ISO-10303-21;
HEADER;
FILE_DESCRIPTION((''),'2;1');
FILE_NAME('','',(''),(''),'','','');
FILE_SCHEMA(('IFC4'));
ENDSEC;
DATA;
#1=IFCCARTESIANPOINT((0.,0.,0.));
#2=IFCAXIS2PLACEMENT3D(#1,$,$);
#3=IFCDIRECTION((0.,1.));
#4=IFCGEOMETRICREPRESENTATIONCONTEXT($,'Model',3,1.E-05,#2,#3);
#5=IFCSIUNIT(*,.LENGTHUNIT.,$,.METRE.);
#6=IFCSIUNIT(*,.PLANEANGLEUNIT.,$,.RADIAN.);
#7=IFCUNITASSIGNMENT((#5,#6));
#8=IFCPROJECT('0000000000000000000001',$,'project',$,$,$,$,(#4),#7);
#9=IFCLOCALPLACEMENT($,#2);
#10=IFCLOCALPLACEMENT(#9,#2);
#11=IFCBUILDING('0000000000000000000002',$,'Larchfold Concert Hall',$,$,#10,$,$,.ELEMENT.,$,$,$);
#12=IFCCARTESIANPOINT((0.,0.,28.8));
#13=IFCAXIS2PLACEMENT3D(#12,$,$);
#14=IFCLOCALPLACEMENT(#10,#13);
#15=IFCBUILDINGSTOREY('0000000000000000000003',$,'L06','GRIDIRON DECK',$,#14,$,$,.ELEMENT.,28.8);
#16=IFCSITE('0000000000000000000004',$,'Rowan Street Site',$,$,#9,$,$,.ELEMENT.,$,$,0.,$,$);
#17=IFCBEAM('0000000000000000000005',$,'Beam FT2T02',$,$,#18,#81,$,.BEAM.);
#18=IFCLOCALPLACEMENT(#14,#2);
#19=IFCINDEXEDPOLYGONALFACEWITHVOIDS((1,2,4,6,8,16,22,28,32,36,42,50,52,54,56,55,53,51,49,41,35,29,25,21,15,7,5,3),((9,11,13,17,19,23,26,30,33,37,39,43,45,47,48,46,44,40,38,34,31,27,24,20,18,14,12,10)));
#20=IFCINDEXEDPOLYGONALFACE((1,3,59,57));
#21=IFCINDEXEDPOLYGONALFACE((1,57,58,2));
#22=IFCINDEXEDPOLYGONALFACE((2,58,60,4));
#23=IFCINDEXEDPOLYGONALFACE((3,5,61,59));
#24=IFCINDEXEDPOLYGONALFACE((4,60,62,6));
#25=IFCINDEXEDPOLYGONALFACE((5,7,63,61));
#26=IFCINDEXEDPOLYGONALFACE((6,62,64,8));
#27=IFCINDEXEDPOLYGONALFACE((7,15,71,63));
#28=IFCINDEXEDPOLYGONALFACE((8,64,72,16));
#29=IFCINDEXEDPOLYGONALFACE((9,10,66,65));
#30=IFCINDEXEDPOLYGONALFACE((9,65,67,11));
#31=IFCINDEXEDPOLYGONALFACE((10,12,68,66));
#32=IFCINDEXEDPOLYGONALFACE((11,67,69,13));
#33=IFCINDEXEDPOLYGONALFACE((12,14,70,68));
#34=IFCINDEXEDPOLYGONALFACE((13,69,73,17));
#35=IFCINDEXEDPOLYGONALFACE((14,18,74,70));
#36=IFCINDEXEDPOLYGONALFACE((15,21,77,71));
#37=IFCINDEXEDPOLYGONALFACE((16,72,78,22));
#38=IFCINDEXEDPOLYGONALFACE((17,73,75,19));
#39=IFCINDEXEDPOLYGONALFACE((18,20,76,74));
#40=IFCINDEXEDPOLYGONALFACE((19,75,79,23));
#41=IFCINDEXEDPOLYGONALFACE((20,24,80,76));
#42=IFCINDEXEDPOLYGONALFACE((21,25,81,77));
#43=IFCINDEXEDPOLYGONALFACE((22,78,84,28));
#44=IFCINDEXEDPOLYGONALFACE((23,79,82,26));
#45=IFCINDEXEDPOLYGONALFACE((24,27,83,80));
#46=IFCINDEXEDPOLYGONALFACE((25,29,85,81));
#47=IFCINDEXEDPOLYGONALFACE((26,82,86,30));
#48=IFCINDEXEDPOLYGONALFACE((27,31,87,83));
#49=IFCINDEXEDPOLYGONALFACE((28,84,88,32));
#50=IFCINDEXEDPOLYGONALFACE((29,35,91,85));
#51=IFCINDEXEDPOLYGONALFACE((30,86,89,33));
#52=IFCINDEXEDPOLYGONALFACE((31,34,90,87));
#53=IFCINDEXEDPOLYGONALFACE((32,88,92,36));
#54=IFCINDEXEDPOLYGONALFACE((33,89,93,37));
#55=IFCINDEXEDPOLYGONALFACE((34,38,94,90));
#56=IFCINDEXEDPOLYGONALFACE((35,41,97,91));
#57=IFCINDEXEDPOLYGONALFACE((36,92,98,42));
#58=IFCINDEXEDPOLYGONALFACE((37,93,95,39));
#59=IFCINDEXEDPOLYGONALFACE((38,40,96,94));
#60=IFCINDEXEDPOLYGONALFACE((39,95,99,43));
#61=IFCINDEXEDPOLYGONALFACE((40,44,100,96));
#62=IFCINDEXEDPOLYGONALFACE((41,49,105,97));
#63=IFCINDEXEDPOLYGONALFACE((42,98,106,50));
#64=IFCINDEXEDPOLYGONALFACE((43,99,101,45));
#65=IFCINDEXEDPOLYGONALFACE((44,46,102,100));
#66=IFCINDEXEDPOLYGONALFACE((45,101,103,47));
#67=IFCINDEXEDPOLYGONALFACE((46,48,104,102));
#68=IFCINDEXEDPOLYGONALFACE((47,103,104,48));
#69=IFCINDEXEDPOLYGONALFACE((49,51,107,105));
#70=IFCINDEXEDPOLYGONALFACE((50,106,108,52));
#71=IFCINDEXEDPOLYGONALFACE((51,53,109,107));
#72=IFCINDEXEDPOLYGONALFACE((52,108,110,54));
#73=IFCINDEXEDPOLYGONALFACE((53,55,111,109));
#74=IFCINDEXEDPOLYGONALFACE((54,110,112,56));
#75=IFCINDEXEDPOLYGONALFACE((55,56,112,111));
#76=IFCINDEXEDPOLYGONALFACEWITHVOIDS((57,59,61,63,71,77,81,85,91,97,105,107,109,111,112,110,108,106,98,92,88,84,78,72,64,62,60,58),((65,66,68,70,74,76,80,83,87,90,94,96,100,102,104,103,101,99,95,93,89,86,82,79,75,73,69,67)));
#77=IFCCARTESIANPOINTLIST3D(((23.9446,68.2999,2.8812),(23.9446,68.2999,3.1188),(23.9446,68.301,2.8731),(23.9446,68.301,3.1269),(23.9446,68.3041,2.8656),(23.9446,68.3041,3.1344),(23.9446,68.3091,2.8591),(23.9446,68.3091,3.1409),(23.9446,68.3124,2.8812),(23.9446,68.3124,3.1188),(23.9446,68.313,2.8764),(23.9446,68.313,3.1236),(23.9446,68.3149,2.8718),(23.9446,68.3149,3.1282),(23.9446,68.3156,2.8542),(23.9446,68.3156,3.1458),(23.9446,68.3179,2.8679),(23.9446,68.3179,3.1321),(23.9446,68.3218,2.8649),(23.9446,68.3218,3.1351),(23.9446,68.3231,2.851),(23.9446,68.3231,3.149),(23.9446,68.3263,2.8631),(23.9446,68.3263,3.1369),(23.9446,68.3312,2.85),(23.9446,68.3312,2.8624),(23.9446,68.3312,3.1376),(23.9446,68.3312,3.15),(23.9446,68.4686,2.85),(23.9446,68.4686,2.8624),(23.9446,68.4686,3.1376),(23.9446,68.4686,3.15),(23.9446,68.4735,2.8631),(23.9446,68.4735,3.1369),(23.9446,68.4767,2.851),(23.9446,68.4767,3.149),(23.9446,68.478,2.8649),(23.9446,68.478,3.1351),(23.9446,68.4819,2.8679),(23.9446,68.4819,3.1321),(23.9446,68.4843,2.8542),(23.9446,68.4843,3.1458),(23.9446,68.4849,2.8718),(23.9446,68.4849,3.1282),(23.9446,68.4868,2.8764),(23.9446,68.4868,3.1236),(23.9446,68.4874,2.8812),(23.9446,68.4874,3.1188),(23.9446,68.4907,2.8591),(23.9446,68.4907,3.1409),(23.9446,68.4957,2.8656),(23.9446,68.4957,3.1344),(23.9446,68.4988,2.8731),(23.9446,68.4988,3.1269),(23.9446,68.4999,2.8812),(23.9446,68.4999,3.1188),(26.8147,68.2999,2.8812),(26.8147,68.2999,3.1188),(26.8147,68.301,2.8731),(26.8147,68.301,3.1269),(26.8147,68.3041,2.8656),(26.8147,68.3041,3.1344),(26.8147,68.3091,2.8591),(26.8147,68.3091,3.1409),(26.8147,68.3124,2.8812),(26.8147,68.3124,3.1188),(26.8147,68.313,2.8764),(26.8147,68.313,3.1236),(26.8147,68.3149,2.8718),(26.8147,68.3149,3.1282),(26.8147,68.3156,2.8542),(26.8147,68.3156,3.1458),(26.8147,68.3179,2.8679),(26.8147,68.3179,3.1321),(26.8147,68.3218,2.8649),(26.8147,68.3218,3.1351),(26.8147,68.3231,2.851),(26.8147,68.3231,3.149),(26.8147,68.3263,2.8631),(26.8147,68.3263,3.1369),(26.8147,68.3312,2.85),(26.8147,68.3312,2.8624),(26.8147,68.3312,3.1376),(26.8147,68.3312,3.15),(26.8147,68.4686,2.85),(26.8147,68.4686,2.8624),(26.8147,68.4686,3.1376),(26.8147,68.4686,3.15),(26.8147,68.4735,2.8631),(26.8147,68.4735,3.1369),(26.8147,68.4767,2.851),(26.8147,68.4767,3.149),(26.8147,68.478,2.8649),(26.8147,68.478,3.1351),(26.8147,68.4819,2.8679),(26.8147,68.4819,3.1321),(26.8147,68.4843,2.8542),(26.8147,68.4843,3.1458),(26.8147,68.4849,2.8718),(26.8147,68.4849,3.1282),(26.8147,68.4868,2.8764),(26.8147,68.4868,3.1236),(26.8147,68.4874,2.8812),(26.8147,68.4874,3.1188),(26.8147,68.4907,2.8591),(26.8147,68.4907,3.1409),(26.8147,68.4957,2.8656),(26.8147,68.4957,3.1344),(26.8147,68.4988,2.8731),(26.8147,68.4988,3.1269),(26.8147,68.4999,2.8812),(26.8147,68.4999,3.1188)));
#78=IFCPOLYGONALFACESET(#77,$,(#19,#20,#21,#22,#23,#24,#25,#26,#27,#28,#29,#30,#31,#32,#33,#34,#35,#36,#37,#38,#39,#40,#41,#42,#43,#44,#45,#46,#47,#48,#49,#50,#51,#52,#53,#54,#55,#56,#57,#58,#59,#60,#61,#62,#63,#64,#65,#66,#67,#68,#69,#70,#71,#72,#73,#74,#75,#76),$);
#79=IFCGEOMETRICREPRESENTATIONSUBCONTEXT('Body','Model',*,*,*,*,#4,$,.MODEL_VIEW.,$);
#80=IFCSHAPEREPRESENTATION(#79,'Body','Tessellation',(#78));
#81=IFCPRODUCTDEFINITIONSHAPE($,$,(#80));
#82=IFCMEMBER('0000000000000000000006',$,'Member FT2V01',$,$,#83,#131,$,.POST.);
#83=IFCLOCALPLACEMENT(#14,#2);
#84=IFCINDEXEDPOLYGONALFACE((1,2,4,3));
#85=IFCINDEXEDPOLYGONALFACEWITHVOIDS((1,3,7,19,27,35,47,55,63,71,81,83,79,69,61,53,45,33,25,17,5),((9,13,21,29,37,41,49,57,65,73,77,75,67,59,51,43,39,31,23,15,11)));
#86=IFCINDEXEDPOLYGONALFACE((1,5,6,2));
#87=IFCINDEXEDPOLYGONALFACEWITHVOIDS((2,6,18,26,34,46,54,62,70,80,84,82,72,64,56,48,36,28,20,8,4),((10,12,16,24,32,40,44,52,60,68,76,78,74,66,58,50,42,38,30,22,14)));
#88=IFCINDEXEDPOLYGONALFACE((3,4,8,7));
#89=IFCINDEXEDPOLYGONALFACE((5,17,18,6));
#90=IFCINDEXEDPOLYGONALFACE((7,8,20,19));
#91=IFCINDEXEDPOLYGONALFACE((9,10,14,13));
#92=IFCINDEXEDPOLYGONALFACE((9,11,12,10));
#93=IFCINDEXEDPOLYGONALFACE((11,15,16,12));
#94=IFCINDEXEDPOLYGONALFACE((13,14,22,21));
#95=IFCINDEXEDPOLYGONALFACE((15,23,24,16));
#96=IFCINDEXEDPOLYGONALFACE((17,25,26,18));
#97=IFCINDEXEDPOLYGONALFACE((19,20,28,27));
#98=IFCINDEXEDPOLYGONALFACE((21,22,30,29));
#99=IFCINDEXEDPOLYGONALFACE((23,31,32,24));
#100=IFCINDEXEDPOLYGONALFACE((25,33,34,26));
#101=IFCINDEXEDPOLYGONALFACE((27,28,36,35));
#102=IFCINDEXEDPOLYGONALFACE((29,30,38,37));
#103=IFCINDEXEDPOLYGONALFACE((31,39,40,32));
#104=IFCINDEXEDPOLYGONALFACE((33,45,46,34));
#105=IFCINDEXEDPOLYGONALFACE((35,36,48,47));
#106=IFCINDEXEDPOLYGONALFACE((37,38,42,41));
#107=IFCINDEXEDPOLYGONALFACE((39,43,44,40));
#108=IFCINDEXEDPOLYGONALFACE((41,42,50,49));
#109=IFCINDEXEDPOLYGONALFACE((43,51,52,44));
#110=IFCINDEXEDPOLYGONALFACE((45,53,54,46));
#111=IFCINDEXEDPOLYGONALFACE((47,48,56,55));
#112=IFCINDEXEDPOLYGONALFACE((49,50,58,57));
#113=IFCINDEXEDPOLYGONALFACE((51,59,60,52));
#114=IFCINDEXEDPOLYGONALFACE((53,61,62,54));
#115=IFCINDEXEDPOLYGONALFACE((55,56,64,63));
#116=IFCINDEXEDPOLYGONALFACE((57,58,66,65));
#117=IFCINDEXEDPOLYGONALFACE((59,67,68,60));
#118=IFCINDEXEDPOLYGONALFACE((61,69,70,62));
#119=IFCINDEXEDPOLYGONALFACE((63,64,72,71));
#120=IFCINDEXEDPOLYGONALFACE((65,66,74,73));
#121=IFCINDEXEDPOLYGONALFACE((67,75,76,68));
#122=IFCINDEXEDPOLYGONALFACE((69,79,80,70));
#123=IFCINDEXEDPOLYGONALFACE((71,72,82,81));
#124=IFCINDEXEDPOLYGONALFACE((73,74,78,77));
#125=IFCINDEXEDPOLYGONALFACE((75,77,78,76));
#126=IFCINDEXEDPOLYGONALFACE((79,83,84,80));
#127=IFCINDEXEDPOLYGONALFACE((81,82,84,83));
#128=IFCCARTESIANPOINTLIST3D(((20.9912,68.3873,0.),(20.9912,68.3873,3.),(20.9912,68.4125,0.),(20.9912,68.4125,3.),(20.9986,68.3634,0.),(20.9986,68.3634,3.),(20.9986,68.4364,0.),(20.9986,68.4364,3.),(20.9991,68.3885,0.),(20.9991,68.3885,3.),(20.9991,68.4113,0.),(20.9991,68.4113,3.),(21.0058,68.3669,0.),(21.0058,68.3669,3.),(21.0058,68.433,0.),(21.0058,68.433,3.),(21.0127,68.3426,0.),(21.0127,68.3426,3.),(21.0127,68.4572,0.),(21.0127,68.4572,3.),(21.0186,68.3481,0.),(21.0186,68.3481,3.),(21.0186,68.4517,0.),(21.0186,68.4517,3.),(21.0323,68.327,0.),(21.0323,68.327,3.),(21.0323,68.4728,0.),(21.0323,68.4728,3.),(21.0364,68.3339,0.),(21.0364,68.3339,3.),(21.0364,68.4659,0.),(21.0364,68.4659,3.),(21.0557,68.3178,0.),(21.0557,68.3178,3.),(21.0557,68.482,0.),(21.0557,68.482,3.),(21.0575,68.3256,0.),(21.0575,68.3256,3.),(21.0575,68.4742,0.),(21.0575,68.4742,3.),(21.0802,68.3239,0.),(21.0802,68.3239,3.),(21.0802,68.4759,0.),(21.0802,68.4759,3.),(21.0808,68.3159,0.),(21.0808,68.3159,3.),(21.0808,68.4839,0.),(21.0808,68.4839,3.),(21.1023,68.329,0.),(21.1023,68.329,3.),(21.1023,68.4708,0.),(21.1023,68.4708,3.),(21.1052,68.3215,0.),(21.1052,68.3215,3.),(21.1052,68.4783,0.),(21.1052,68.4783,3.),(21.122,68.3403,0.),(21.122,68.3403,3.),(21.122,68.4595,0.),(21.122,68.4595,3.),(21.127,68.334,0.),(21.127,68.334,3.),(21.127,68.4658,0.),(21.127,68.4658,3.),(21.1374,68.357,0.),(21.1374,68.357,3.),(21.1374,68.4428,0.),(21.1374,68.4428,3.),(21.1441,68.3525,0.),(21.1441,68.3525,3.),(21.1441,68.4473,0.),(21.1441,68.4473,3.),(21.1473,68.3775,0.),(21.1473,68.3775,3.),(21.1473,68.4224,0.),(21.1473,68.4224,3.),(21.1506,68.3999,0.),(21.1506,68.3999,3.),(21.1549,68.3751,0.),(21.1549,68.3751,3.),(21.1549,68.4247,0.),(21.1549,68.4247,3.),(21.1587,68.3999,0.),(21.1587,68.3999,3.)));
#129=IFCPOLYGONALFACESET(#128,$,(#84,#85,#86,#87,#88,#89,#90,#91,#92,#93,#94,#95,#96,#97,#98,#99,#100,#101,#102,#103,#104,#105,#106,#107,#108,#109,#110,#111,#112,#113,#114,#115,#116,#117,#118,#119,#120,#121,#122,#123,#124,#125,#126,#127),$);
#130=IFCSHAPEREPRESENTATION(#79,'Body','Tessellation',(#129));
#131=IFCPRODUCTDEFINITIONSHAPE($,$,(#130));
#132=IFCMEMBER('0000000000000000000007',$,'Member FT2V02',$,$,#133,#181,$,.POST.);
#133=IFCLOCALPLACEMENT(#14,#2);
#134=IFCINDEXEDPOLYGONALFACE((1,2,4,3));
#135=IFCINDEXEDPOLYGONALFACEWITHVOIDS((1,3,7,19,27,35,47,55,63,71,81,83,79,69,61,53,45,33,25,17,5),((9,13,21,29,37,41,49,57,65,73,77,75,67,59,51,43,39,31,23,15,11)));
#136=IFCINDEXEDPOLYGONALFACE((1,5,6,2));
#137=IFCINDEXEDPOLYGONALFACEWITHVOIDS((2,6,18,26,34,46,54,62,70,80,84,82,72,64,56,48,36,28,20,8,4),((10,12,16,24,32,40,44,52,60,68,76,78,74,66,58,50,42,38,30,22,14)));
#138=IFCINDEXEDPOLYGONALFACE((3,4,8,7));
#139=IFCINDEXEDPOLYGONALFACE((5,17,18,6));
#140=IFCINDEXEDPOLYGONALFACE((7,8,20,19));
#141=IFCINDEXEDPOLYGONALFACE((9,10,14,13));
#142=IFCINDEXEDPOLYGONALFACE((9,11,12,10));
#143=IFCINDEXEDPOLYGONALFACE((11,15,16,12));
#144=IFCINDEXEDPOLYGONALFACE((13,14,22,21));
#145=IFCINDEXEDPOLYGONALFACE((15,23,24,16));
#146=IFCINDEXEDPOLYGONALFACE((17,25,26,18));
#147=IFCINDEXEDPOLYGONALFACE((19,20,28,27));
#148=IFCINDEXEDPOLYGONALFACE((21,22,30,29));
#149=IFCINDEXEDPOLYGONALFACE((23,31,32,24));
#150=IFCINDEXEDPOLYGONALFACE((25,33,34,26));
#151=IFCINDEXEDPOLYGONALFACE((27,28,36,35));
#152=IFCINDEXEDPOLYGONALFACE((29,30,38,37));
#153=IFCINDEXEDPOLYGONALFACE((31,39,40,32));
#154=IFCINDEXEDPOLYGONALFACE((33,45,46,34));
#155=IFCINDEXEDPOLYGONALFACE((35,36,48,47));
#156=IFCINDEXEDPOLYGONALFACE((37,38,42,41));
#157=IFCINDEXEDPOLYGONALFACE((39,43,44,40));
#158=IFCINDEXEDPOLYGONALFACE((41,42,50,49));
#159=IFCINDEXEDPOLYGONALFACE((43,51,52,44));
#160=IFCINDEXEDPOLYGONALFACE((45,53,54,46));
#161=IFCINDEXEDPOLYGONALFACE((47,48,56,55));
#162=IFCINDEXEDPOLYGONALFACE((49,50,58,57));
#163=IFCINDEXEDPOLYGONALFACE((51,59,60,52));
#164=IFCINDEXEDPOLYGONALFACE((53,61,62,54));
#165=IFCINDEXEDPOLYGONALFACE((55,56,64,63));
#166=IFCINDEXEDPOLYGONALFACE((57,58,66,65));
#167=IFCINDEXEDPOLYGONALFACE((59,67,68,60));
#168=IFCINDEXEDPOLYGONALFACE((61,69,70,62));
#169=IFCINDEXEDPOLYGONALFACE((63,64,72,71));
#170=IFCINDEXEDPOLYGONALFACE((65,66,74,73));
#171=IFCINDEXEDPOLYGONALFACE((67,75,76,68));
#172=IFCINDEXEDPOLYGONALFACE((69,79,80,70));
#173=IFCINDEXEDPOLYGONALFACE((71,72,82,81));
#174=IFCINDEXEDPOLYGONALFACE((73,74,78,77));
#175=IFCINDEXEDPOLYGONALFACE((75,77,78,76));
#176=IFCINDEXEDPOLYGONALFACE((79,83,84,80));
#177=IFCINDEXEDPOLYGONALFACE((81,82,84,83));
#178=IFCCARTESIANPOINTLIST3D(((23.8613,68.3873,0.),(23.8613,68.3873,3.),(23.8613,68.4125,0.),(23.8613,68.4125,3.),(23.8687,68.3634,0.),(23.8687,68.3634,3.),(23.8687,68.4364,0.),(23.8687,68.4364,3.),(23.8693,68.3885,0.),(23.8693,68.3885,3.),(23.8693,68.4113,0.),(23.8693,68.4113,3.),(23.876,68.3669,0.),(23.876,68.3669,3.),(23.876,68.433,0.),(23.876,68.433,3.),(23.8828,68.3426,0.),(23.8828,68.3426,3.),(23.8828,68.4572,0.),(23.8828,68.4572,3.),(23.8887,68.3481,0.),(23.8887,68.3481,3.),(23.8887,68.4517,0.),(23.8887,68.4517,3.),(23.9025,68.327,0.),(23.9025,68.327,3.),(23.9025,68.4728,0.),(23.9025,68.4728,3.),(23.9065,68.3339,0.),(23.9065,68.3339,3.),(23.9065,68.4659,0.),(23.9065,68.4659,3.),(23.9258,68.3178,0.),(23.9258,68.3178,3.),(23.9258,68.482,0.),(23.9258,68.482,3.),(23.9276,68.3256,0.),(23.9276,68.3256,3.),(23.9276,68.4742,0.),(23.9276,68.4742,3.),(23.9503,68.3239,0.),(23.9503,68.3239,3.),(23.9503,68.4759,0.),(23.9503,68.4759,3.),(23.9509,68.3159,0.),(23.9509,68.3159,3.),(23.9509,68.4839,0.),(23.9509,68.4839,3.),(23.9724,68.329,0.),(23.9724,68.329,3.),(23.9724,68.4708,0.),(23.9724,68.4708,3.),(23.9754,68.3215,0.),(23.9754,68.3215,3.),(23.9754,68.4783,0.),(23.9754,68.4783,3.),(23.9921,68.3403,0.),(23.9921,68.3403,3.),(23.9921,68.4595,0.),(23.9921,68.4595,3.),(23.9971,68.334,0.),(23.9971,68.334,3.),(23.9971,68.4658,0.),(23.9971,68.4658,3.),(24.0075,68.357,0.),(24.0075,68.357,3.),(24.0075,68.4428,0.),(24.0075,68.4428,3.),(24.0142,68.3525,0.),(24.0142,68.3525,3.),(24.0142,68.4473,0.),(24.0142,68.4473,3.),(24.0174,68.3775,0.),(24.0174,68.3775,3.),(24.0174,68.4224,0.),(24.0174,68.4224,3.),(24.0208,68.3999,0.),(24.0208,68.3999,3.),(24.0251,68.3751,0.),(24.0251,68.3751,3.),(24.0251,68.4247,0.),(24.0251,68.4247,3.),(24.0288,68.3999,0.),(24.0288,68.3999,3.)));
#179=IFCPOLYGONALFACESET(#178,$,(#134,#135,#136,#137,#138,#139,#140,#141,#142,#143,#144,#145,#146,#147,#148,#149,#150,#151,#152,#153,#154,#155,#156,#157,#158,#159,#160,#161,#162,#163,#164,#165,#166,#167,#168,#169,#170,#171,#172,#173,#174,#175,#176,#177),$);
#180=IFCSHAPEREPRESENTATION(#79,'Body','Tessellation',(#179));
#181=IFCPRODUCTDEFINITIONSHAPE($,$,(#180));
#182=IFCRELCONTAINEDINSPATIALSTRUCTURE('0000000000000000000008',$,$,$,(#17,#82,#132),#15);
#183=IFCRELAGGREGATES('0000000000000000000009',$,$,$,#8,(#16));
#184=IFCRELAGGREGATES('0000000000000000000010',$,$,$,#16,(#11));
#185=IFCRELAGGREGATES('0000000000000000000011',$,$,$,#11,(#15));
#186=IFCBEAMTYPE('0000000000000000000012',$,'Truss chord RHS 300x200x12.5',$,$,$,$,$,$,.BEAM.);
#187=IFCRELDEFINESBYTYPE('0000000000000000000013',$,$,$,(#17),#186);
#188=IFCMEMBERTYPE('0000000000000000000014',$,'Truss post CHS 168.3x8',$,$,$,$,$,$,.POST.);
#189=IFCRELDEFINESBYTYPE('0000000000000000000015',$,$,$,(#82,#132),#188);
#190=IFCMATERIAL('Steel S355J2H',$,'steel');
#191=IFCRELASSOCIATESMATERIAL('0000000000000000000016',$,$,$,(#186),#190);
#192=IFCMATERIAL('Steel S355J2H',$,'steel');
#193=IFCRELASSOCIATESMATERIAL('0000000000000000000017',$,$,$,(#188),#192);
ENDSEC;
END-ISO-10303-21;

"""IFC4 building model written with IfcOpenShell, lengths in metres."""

from ifc_helpers import new_model, si_unit, direction, frame, origin, origin_2d, place, context, subcontext, project, spatial, hollow_rectangle, hollow_circle, extrude, material, material_profile, profile_set, type_object, element, save


model = new_model("IFC4")

# Units and contexts
model_context = context("Model", 3, precision=1e-05, world=origin(), true_north=direction((0.0, 1.0)))
body_context = subcontext(model_context, "Body", "Model", "MODEL_VIEW")
ifc_project = project(units=[si_unit("LENGTHUNIT", "METRE"), si_unit("PLANEANGLEUNIT", "RADIAN")], contexts=[model_context])

# Site, building, storey
site_placement = place(None, origin())
site = spatial("IfcSite", under=ifc_project, at=site_placement, Name="Rowan Street Site", CompositionType="ELEMENT", RefElevation=0.0)
building_placement = place(site_placement, origin())
building = spatial("IfcBuilding", under=site, at=building_placement, Name="Larchfold Concert Hall", CompositionType="ELEMENT")
storey_placement = place(building_placement, frame((0.0, 0.0, 28.8)))
storey = spatial("IfcBuildingStorey", under=building, at=storey_placement, Name="L06", Description="GRIDIRON DECK", CompositionType="ELEMENT", Elevation=28.8)

# Beam
ifc_material_1 = material(Name="Steel S355J2H", Category="steel")
ifc_material_profile_1 = material_profile(ifc_material_1, hollow_rectangle(XDim=0.2, YDim=0.3, WallThickness=0.0125, InnerFilletRadius=0.0188, OuterFilletRadius=0.0312, at=origin_2d()))
ifc_profile_set_1 = profile_set([ifc_material_profile_1], Name="Steel S355J2H")
beam_type_1 = type_object("IfcBeamType", Name="Truss chord RHS 300x200x12.5", PredefinedType="BEAM", material=ifc_profile_set_1)
for number, where, z_axis, x_axis, name in (
    (1, (23.9446, 68.3999, 3.0), (1.0, 0.0, 0.0), (0.0, 1.0, 0.0), "Beam FT2T02"),
):
    element("IfcBeam", number, at=place(storey_placement, frame(where, z_axis=z_axis, x_axis=x_axis)), inside=storey, type_object=beam_type_1, Name=name, PredefinedType="BEAM", context=body_context, shape_type="SweptSolid", body=[
        extrude(hollow_rectangle(XDim=0.2, YDim=0.3, WallThickness=0.0125, InnerFilletRadius=0.0188, OuterFilletRadius=0.0312, at=origin_2d()), origin(), (0.0, 0.0, 1.0), 2.8701),
    ])

# Members
ifc_material_2 = material(Name="Steel S355J2H", Category="steel")
ifc_material_profile_2 = material_profile(ifc_material_2, hollow_circle(Radius=0.0842, WallThickness=0.0081, at=origin_2d()))
ifc_profile_set_2 = profile_set([ifc_material_profile_2], Name="Steel S355J2H")
member_type_1 = type_object("IfcMemberType", Name="Truss post CHS 168.3x8", PredefinedType="POST", material=ifc_profile_set_2)
for number, where, z_axis, x_axis, name in (
    (2, (21.0745, 68.3999, 3.0), (0.0, 0.0, -1.0), (1.0, 0.0, 0.0), "Member FT2V01"),
    (3, (23.9446, 68.3999, 3.0), (0.0, 0.0, -1.0), (1.0, 0.0, 0.0), "Member FT2V02"),
):
    element("IfcMember", number, at=place(storey_placement, frame(where, z_axis=z_axis, x_axis=x_axis)), inside=storey, type_object=member_type_1, Name=name, PredefinedType="POST", context=body_context, shape_type="SweptSolid", body=[
        extrude(hollow_circle(Radius=0.0842, WallThickness=0.0081, at=origin_2d()), origin(), (0.0, 0.0, 1.0), 3.0),
    ])

save(model, "model.ifc")
